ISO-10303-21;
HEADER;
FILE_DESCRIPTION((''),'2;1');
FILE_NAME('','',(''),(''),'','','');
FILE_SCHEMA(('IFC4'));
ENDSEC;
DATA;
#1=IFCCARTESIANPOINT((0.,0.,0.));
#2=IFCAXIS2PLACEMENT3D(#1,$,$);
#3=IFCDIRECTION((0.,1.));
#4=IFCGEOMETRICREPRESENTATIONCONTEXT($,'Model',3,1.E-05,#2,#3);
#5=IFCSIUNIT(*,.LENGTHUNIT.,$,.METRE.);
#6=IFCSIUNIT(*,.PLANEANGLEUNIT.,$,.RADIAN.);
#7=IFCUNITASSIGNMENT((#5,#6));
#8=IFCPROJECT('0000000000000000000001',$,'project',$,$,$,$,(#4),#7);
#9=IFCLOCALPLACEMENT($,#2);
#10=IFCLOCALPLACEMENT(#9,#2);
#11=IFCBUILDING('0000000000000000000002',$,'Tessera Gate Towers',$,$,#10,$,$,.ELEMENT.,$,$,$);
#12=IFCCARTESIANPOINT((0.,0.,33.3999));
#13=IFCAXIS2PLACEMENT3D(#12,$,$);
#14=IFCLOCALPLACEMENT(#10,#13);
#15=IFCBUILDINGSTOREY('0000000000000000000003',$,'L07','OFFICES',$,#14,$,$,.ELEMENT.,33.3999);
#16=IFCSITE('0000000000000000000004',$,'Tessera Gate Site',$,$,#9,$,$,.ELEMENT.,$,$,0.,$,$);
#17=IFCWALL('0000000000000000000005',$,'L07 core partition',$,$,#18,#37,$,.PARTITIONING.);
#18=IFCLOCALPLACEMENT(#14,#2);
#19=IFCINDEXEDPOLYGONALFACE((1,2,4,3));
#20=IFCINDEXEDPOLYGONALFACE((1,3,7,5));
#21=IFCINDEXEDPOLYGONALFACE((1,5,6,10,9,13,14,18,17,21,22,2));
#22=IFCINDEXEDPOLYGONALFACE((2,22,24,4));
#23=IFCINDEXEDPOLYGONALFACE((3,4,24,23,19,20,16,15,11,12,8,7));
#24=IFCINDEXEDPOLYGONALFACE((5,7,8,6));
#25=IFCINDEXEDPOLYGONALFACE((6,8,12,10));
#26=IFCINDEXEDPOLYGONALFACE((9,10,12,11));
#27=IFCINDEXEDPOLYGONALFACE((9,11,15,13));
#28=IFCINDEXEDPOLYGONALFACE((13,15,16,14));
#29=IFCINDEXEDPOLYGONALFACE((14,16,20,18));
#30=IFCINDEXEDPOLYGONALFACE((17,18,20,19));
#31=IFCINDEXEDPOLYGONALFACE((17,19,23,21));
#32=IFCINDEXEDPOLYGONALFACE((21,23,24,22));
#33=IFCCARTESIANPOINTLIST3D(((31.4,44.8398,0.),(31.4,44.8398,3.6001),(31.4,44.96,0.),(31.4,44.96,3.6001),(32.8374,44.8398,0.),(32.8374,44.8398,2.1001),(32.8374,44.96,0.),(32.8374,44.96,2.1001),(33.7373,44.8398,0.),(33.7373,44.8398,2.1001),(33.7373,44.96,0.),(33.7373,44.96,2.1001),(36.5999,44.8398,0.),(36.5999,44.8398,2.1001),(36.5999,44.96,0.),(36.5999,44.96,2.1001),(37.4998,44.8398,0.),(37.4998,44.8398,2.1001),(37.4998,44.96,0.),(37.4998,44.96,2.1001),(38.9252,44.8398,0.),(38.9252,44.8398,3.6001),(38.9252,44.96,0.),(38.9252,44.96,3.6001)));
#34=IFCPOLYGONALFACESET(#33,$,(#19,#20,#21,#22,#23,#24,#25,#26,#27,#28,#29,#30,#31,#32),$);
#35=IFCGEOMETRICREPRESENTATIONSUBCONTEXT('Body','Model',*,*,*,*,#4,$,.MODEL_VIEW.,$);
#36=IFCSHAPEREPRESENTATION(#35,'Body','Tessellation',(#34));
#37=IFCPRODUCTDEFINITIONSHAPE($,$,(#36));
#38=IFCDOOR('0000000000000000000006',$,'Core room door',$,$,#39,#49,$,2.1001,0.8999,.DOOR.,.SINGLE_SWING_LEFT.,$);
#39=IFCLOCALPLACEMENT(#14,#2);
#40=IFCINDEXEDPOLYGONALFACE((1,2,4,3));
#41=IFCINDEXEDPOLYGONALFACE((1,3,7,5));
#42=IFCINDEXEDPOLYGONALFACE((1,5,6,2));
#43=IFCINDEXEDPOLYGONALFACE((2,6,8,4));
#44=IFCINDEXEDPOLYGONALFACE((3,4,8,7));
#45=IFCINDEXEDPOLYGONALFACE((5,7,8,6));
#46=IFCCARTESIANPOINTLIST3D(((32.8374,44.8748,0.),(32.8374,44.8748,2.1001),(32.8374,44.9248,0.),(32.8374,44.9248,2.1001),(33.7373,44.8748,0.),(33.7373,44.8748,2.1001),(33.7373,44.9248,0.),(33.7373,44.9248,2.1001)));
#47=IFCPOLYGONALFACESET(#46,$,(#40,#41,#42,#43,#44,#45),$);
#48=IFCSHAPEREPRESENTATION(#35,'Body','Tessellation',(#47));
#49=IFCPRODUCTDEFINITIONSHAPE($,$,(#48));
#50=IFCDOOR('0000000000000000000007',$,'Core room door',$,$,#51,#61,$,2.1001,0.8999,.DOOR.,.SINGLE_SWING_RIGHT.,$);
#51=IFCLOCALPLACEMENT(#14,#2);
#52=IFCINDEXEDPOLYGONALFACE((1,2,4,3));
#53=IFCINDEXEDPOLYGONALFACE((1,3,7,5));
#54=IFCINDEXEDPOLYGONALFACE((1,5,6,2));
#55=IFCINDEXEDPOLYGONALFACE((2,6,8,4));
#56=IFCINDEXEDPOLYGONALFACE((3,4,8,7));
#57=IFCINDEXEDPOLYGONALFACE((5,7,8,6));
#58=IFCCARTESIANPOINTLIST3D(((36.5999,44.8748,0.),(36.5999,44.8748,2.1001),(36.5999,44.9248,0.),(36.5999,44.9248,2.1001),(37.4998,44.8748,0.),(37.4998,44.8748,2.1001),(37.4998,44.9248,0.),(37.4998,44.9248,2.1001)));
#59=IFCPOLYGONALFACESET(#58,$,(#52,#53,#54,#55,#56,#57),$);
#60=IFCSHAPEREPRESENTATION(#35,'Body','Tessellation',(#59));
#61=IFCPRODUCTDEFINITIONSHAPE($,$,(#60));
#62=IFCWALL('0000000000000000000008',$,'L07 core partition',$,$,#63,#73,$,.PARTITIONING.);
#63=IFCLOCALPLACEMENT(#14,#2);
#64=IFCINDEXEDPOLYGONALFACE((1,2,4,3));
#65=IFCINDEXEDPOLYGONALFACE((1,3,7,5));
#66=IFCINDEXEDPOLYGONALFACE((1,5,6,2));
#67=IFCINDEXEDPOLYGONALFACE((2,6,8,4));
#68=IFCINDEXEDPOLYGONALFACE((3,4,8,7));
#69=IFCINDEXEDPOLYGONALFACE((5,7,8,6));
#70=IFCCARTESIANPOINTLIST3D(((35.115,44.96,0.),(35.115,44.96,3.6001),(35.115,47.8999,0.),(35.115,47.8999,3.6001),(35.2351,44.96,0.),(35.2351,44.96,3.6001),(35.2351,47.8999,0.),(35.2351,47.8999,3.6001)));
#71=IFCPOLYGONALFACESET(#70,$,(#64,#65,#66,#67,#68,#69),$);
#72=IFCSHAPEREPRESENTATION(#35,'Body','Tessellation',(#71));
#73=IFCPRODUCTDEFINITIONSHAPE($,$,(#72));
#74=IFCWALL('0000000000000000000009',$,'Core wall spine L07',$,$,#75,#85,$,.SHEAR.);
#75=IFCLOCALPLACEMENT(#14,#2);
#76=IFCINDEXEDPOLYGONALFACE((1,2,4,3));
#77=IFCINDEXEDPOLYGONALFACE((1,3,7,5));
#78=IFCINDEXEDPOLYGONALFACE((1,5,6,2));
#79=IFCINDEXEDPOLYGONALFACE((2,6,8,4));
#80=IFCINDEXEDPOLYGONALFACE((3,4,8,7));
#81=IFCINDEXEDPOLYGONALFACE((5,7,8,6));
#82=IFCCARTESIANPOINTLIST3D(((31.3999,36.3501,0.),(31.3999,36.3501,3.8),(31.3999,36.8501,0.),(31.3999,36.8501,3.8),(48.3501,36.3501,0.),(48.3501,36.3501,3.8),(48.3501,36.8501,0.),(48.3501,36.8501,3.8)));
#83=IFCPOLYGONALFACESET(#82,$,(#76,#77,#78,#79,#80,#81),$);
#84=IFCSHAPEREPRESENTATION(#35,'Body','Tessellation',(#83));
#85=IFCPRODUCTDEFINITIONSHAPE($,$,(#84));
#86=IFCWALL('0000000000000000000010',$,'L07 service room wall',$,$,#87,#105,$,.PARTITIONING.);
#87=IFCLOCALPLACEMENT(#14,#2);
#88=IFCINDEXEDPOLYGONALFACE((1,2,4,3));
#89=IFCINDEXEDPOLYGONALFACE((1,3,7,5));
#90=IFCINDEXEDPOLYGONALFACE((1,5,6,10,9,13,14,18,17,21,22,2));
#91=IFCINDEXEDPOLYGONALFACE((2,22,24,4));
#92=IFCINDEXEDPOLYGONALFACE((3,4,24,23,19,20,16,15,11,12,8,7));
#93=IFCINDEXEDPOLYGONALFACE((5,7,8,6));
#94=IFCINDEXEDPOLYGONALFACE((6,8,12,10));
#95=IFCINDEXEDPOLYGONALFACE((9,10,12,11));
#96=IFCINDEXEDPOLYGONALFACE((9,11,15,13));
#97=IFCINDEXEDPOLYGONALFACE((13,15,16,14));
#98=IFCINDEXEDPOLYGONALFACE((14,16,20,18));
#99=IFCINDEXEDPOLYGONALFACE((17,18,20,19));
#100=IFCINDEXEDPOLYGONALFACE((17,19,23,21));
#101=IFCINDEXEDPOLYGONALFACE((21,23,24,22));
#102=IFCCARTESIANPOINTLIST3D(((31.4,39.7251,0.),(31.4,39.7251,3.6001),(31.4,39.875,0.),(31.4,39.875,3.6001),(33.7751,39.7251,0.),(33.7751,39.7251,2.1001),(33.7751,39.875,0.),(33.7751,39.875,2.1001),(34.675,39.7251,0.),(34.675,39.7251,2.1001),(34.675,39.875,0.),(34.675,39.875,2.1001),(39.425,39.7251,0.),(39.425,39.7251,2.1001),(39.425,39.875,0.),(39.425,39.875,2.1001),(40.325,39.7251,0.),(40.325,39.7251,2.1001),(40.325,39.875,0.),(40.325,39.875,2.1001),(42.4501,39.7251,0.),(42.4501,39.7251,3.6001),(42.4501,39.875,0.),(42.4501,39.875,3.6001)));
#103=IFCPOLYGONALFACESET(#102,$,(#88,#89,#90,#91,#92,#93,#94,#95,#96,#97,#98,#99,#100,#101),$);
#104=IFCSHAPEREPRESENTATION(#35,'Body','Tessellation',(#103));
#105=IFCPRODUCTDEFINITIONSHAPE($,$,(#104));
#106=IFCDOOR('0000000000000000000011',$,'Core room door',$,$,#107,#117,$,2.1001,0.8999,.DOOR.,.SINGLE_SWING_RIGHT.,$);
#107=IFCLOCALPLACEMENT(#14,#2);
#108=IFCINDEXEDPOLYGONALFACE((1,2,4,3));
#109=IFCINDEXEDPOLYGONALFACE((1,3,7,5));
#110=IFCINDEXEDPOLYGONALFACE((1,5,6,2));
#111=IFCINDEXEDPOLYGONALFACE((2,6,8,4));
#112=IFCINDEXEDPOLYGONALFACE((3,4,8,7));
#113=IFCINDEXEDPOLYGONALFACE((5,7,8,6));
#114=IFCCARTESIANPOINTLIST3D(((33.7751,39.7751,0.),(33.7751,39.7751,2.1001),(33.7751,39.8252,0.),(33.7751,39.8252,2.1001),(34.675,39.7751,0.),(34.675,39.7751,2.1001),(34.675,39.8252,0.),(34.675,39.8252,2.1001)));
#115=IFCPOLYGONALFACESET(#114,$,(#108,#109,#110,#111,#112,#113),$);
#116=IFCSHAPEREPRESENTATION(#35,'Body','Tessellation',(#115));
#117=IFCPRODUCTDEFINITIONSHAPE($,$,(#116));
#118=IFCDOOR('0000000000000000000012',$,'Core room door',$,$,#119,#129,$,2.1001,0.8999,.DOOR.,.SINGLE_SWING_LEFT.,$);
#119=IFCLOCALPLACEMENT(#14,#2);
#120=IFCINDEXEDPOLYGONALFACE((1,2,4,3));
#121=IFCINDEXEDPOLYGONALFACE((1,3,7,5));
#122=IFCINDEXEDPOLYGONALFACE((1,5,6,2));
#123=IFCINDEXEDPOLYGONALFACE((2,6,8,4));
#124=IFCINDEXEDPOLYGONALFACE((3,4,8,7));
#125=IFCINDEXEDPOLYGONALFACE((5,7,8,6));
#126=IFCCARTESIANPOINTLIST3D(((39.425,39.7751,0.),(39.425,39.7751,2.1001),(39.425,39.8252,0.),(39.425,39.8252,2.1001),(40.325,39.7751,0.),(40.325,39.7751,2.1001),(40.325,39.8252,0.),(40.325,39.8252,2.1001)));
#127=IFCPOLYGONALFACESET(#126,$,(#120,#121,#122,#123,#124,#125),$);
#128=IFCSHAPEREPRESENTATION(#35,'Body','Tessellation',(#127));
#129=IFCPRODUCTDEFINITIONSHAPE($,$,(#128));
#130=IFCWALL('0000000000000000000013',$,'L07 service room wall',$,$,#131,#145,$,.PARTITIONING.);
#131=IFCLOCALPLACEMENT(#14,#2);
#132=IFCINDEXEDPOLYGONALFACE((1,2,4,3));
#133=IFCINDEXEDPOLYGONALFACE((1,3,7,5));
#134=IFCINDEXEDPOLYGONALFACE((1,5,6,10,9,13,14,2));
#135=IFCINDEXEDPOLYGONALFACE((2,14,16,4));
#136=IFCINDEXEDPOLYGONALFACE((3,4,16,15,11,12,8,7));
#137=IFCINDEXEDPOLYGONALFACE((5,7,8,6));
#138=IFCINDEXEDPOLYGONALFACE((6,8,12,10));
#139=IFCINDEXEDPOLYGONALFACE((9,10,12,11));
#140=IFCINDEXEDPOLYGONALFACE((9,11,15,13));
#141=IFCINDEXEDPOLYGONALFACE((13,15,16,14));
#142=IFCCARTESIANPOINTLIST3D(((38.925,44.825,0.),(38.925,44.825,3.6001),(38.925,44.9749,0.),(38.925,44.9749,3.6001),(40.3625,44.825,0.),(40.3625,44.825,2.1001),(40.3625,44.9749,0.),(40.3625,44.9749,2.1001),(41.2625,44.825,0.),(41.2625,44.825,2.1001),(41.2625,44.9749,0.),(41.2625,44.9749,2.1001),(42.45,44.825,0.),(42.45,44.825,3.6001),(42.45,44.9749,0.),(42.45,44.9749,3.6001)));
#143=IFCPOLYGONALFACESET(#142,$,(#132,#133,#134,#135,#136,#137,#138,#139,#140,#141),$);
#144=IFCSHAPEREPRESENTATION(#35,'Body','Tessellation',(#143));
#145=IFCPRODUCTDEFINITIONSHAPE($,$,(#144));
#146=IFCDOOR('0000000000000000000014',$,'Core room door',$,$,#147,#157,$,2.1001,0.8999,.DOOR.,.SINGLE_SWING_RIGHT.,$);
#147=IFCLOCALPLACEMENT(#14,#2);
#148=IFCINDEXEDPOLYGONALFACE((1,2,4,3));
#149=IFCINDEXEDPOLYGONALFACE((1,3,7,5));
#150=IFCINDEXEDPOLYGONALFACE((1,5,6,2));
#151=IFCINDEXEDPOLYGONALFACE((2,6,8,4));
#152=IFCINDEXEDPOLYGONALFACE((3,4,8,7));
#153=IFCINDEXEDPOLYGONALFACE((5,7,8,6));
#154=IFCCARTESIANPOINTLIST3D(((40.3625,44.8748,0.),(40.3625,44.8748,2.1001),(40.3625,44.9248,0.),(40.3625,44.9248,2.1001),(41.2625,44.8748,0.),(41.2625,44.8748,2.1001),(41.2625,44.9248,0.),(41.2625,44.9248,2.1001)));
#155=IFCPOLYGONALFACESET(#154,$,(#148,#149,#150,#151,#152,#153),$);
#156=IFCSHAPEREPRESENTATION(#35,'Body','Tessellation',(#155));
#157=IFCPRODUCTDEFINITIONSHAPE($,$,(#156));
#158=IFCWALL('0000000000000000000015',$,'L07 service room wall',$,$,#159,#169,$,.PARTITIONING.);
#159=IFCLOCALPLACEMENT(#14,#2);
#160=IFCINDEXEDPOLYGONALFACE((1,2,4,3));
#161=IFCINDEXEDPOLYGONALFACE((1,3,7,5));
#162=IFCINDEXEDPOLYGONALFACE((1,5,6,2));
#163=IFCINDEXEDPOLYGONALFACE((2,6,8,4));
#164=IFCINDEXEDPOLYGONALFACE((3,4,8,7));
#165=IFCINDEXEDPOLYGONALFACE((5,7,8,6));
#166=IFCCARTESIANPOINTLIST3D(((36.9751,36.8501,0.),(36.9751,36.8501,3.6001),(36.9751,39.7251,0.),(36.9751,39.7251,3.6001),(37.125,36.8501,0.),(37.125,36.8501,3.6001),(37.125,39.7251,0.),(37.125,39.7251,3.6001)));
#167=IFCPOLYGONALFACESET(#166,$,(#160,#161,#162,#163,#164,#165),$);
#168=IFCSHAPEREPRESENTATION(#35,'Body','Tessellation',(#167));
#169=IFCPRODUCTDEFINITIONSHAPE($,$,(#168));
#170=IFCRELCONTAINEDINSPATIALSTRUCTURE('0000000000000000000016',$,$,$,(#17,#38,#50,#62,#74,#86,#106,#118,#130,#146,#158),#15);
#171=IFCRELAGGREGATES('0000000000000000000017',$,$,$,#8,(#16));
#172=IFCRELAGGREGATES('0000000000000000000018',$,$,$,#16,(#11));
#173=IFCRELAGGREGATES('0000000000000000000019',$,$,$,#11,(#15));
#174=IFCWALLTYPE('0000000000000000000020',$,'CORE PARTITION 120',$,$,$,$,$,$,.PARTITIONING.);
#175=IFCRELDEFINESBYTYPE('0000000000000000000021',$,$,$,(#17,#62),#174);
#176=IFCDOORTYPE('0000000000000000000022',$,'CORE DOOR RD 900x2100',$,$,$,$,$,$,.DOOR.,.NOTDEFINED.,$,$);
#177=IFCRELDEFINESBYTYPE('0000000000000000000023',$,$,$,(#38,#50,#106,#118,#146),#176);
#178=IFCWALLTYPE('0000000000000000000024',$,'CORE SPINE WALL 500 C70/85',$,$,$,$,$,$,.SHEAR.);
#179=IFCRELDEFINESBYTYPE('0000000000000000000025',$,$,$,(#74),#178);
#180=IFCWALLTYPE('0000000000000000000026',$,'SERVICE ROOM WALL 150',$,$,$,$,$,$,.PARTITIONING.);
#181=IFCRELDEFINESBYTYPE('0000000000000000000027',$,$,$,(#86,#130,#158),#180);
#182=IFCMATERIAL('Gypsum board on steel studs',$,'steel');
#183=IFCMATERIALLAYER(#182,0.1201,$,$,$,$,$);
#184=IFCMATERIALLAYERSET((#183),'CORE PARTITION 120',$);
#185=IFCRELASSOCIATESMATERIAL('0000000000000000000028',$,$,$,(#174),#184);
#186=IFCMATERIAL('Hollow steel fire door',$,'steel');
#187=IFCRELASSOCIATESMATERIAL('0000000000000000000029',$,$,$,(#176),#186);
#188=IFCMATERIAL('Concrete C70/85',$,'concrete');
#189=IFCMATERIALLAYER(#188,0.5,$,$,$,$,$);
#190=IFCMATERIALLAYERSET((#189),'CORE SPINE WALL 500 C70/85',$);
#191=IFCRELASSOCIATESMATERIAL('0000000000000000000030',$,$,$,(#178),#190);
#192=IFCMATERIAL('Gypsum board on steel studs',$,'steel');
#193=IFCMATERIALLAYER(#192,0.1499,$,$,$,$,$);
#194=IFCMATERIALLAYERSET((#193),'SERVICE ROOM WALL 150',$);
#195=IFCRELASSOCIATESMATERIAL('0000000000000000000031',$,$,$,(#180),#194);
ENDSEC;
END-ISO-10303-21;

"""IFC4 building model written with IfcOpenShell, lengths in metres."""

from ifc_helpers import new_model, si_unit, direction, frame, frame_2d, origin, place, context, subcontext, project, spatial, rectangle, extrude, source, transform, mapped, material, layer, layer_set, type_object, element, fill, save


model = new_model("IFC4")

# Units and contexts
model_context = context("Model", 3, precision=1e-05, world=origin(), true_north=direction((0.0, 1.0)))
body_context = subcontext(model_context, "Body", "Model", "MODEL_VIEW")
ifc_project = project(units=[si_unit("LENGTHUNIT", "METRE"), si_unit("PLANEANGLEUNIT", "RADIAN")], contexts=[model_context])

# Site, building, storey
site_placement = place(None, origin())
site = spatial("IfcSite", under=ifc_project, at=site_placement, Name="Tessera Gate Site", CompositionType="ELEMENT", RefElevation=0.0)
building_placement = place(site_placement, origin())
building = spatial("IfcBuilding", under=site, at=building_placement, Name="Tessera Gate Towers", CompositionType="ELEMENT")
storey_placement = place(building_placement, frame((0.0, 0.0, 33.3999)))
storey = spatial("IfcBuildingStorey", under=building, at=storey_placement, Name="L07", Description="OFFICES", CompositionType="ELEMENT", Elevation=33.3999)

# Wall, openings, doors
ifc_material_1 = material(Name="Gypsum board on steel studs", Category="steel")
ifc_layer_1 = layer(ifc_material_1, 0.1201)
ifc_layer_set_1 = layer_set([ifc_layer_1], Name="CORE PARTITION 120")
wall_type_1 = type_object("IfcWallType", Name="CORE PARTITION 120", PredefinedType="PARTITIONING", material=ifc_layer_set_1)
wall_1_placement = place(storey_placement, frame((31.3999, 44.8999, 0.0), z_axis=(0.0, 0.0, 1.0), x_axis=(1.0, 0.0, 0.0)))
wall_1 = element("IfcWall", 1, at=wall_1_placement, inside=storey, type_object=wall_type_1, Name="L07 core partition", PredefinedType="PARTITIONING", context=body_context, shape_type="SweptSolid", body=[
    extrude(rectangle(XDim=7.5251, YDim=0.1201, at=frame_2d((3.7627, 0.0))), origin(), (0.0, 0.0, 1.0), 3.6001),
])
shared_shape_1 = source(origin(), body_context, "Body", "SweptSolid", [
    extrude(rectangle(XDim=0.8999, YDim=2.1001, at=frame_2d((0.45, 1.05))), frame((0.0, 0.0701, 0.0), z_axis=(0.0, -1.0, 0.0), x_axis=(1.0, 0.0, 0.0)), (0.0, 0.0, 1.0), 0.1401),
])
opening_1_placement = place(wall_1_placement, frame((1.4375, 0.0, 0.0)))
opening_1 = element("IfcOpeningElement", 2, at=opening_1_placement, cuts=wall_1, PredefinedType="OPENING", context=body_context, shape_type="MappedRepresentation", body=[
    mapped(shared_shape_1, transform((0.0, 0.0, 0.0), scale=1.0)),
])
opening_2_placement = place(wall_1_placement, frame((5.2, 0.0, 0.0)))
opening_2 = element("IfcOpeningElement", 3, at=opening_2_placement, cuts=wall_1, PredefinedType="OPENING", context=body_context, shape_type="MappedRepresentation", body=[
    mapped(shared_shape_1, transform((0.0, 0.0, 0.0), scale=1.0)),
])
ifc_material_2 = material(Name="Hollow steel fire door", Category="steel")
door_type_1 = type_object("IfcDoorType", Name="CORE DOOR RD 900x2100", OperationType="NOTDEFINED", PredefinedType="DOOR", material=ifc_material_2)
shared_shape_2 = source(origin(), body_context, "Body", "SweptSolid", [
    extrude(rectangle(XDim=0.8999, YDim=2.1001, at=frame_2d((0.45, 1.05))), frame((0.0, 0.0249, 0.0), z_axis=(0.0, -1.0, 0.0), x_axis=(1.0, 0.0, 0.0)), (0.0, 0.0, 1.0), 0.05),
])
door_1_placement = place(opening_1_placement, origin())
door_1 = element("IfcDoor", 4, at=door_1_placement, inside=storey, type_object=door_type_1, Name="Core room door", OperationType="SINGLE_SWING_LEFT", OverallHeight=2.1001, OverallWidth=0.8999, PredefinedType="DOOR", context=body_context, shape_type="MappedRepresentation", body=[
    mapped(shared_shape_2, transform((0.0, 0.0, 0.0), scale=1.0)),
])
fill(opening_1, door_1)
door_2_placement = place(opening_2_placement, origin())
door_2 = element("IfcDoor", 5, at=door_2_placement, inside=storey, type_object=door_type_1, Name="Core room door", OperationType="SINGLE_SWING_RIGHT", OverallHeight=2.1001, OverallWidth=0.8999, PredefinedType="DOOR", context=body_context, shape_type="MappedRepresentation", body=[
    mapped(shared_shape_2, transform((0.0, 0.0, 0.0), scale=1.0)),
])
fill(opening_2, door_2)

# Walls
wall_2_placement = place(storey_placement, frame((35.175, 44.96, 0.0), z_axis=(0.0, 0.0, 1.0), x_axis=(0.0, 1.0, 0.0)))
element("IfcWall", 6, at=wall_2_placement, inside=storey, type_object=wall_type_1, Name="L07 core partition", PredefinedType="PARTITIONING", context=body_context, shape_type="SweptSolid", body=[
    extrude(rectangle(XDim=2.9399, YDim=0.1201, at=frame_2d((1.47, 0.0))), origin(), (0.0, 0.0, 1.0), 3.6001),
])
ifc_material_3 = material(Name="Concrete C70/85", Category="concrete")
ifc_layer_2 = layer(ifc_material_3, 0.5)
ifc_layer_set_2 = layer_set([ifc_layer_2], Name="CORE SPINE WALL 500 C70/85")
wall_type_2 = type_object("IfcWallType", Name="CORE SPINE WALL 500 C70/85", PredefinedType="SHEAR", material=ifc_layer_set_2)
wall_3_placement = place(storey_placement, frame((31.3999, 36.6001, 0.0), z_axis=(0.0, 0.0, 1.0), x_axis=(1.0, 0.0, 0.0)))
element("IfcWall", 7, at=wall_3_placement, inside=storey, type_object=wall_type_2, Name="Core wall spine L07", PredefinedType="SHEAR", context=body_context, shape_type="SweptSolid", body=[
    extrude(rectangle(XDim=16.9502, YDim=0.5, at=frame_2d((8.4751, 0.0))), origin(), (0.0, 0.0, 1.0), 3.8),
])

# Wall, openings, doors
ifc_material_4 = material(Name="Gypsum board on steel studs", Category="steel")
ifc_layer_3 = layer(ifc_material_4, 0.1499)
ifc_layer_set_3 = layer_set([ifc_layer_3], Name="SERVICE ROOM WALL 150")
wall_type_3 = type_object("IfcWallType", Name="SERVICE ROOM WALL 150", PredefinedType="PARTITIONING", material=ifc_layer_set_3)
wall_4_placement = place(storey_placement, frame((42.45, 39.8, 0.0), z_axis=(0.0, 0.0, 1.0), x_axis=(-1.0, 0.0, 0.0)))
wall_4 = element("IfcWall", 8, at=wall_4_placement, inside=storey, type_object=wall_type_3, Name="L07 service room wall", PredefinedType="PARTITIONING", context=body_context, shape_type="SweptSolid", body=[
    extrude(rectangle(XDim=11.05, YDim=0.1499, at=frame_2d((5.5249, 0.0))), origin(), (0.0, 0.0, 1.0), 3.6001),
])
shared_shape_3 = source(origin(), body_context, "Body", "SweptSolid", [
    extrude(rectangle(XDim=0.8999, YDim=2.1001, at=frame_2d((0.45, 1.05))), frame((0.0, 0.085, 0.0), z_axis=(0.0, -1.0, 0.0), x_axis=(1.0, 0.0, 0.0)), (0.0, 0.0, 1.0), 0.1699),
])
opening_3_placement = place(wall_4_placement, frame((7.7749, 0.0, 0.0)))
opening_3 = element("IfcOpeningElement", 9, at=opening_3_placement, cuts=wall_4, PredefinedType="OPENING", context=body_context, shape_type="MappedRepresentation", body=[
    mapped(shared_shape_3, transform((0.0, 0.0, 0.0), scale=1.0)),
])
opening_4_placement = place(wall_4_placement, frame((2.125, 0.0, 0.0)))
opening_4 = element("IfcOpeningElement", 10, at=opening_4_placement, cuts=wall_4, PredefinedType="OPENING", context=body_context, shape_type="MappedRepresentation", body=[
    mapped(shared_shape_3, transform((0.0, 0.0, 0.0), scale=1.0)),
])
door_3_placement = place(opening_3_placement, origin())
door_3 = element("IfcDoor", 11, at=door_3_placement, inside=storey, type_object=door_type_1, Name="Core room door", OperationType="SINGLE_SWING_RIGHT", OverallHeight=2.1001, OverallWidth=0.8999, PredefinedType="DOOR", context=body_context, shape_type="MappedRepresentation", body=[
    mapped(shared_shape_2, transform((0.0, 0.0, 0.0), scale=1.0)),
])
fill(opening_3, door_3)
door_4_placement = place(opening_4_placement, origin())
door_4 = element("IfcDoor", 12, at=door_4_placement, inside=storey, type_object=door_type_1, Name="Core room door", OperationType="SINGLE_SWING_LEFT", OverallHeight=2.1001, OverallWidth=0.8999, PredefinedType="DOOR", context=body_context, shape_type="MappedRepresentation", body=[
    mapped(shared_shape_2, transform((0.0, 0.0, 0.0), scale=1.0)),
])
fill(opening_4, door_4)

# Wall, opening, door
wall_5_placement = place(storey_placement, frame((38.925, 44.8999, 0.0), z_axis=(0.0, 0.0, 1.0), x_axis=(1.0, 0.0, 0.0)))
wall_5 = element("IfcWall", 13, at=wall_5_placement, inside=storey, type_object=wall_type_3, Name="L07 service room wall", PredefinedType="PARTITIONING", context=body_context, shape_type="SweptSolid", body=[
    extrude(rectangle(XDim=3.5249, YDim=0.1499, at=frame_2d((1.7625, 0.0))), origin(), (0.0, 0.0, 1.0), 3.6001),
])
opening_5_placement = place(wall_5_placement, frame((1.4375, 0.0, 0.0)))
opening_5 = element("IfcOpeningElement", 14, at=opening_5_placement, cuts=wall_5, PredefinedType="OPENING", context=body_context, shape_type="MappedRepresentation", body=[
    mapped(shared_shape_3, transform((0.0, 0.0, 0.0), scale=1.0)),
])
door_5_placement = place(opening_5_placement, origin())
door_5 = element("IfcDoor", 15, at=door_5_placement, inside=storey, type_object=door_type_1, Name="Core room door", OperationType="SINGLE_SWING_RIGHT", OverallHeight=2.1001, OverallWidth=0.8999, PredefinedType="DOOR", context=body_context, shape_type="MappedRepresentation", body=[
    mapped(shared_shape_2, transform((0.0, 0.0, 0.0), scale=1.0)),
])
fill(opening_5, door_5)

# Wall
wall_6_placement = place(storey_placement, frame((37.05, 36.8501, 0.0), z_axis=(0.0, 0.0, 1.0), x_axis=(0.0, 1.0, 0.0)))
element("IfcWall", 16, at=wall_6_placement, inside=storey, type_object=wall_type_3, Name="L07 service room wall", PredefinedType="PARTITIONING", context=body_context, shape_type="SweptSolid", body=[
    extrude(rectangle(XDim=2.875, YDim=0.1499, at=frame_2d((1.4375, 0.0))), origin(), (0.0, 0.0, 1.0), 3.6001),
])

save(model, "model.ifc")
